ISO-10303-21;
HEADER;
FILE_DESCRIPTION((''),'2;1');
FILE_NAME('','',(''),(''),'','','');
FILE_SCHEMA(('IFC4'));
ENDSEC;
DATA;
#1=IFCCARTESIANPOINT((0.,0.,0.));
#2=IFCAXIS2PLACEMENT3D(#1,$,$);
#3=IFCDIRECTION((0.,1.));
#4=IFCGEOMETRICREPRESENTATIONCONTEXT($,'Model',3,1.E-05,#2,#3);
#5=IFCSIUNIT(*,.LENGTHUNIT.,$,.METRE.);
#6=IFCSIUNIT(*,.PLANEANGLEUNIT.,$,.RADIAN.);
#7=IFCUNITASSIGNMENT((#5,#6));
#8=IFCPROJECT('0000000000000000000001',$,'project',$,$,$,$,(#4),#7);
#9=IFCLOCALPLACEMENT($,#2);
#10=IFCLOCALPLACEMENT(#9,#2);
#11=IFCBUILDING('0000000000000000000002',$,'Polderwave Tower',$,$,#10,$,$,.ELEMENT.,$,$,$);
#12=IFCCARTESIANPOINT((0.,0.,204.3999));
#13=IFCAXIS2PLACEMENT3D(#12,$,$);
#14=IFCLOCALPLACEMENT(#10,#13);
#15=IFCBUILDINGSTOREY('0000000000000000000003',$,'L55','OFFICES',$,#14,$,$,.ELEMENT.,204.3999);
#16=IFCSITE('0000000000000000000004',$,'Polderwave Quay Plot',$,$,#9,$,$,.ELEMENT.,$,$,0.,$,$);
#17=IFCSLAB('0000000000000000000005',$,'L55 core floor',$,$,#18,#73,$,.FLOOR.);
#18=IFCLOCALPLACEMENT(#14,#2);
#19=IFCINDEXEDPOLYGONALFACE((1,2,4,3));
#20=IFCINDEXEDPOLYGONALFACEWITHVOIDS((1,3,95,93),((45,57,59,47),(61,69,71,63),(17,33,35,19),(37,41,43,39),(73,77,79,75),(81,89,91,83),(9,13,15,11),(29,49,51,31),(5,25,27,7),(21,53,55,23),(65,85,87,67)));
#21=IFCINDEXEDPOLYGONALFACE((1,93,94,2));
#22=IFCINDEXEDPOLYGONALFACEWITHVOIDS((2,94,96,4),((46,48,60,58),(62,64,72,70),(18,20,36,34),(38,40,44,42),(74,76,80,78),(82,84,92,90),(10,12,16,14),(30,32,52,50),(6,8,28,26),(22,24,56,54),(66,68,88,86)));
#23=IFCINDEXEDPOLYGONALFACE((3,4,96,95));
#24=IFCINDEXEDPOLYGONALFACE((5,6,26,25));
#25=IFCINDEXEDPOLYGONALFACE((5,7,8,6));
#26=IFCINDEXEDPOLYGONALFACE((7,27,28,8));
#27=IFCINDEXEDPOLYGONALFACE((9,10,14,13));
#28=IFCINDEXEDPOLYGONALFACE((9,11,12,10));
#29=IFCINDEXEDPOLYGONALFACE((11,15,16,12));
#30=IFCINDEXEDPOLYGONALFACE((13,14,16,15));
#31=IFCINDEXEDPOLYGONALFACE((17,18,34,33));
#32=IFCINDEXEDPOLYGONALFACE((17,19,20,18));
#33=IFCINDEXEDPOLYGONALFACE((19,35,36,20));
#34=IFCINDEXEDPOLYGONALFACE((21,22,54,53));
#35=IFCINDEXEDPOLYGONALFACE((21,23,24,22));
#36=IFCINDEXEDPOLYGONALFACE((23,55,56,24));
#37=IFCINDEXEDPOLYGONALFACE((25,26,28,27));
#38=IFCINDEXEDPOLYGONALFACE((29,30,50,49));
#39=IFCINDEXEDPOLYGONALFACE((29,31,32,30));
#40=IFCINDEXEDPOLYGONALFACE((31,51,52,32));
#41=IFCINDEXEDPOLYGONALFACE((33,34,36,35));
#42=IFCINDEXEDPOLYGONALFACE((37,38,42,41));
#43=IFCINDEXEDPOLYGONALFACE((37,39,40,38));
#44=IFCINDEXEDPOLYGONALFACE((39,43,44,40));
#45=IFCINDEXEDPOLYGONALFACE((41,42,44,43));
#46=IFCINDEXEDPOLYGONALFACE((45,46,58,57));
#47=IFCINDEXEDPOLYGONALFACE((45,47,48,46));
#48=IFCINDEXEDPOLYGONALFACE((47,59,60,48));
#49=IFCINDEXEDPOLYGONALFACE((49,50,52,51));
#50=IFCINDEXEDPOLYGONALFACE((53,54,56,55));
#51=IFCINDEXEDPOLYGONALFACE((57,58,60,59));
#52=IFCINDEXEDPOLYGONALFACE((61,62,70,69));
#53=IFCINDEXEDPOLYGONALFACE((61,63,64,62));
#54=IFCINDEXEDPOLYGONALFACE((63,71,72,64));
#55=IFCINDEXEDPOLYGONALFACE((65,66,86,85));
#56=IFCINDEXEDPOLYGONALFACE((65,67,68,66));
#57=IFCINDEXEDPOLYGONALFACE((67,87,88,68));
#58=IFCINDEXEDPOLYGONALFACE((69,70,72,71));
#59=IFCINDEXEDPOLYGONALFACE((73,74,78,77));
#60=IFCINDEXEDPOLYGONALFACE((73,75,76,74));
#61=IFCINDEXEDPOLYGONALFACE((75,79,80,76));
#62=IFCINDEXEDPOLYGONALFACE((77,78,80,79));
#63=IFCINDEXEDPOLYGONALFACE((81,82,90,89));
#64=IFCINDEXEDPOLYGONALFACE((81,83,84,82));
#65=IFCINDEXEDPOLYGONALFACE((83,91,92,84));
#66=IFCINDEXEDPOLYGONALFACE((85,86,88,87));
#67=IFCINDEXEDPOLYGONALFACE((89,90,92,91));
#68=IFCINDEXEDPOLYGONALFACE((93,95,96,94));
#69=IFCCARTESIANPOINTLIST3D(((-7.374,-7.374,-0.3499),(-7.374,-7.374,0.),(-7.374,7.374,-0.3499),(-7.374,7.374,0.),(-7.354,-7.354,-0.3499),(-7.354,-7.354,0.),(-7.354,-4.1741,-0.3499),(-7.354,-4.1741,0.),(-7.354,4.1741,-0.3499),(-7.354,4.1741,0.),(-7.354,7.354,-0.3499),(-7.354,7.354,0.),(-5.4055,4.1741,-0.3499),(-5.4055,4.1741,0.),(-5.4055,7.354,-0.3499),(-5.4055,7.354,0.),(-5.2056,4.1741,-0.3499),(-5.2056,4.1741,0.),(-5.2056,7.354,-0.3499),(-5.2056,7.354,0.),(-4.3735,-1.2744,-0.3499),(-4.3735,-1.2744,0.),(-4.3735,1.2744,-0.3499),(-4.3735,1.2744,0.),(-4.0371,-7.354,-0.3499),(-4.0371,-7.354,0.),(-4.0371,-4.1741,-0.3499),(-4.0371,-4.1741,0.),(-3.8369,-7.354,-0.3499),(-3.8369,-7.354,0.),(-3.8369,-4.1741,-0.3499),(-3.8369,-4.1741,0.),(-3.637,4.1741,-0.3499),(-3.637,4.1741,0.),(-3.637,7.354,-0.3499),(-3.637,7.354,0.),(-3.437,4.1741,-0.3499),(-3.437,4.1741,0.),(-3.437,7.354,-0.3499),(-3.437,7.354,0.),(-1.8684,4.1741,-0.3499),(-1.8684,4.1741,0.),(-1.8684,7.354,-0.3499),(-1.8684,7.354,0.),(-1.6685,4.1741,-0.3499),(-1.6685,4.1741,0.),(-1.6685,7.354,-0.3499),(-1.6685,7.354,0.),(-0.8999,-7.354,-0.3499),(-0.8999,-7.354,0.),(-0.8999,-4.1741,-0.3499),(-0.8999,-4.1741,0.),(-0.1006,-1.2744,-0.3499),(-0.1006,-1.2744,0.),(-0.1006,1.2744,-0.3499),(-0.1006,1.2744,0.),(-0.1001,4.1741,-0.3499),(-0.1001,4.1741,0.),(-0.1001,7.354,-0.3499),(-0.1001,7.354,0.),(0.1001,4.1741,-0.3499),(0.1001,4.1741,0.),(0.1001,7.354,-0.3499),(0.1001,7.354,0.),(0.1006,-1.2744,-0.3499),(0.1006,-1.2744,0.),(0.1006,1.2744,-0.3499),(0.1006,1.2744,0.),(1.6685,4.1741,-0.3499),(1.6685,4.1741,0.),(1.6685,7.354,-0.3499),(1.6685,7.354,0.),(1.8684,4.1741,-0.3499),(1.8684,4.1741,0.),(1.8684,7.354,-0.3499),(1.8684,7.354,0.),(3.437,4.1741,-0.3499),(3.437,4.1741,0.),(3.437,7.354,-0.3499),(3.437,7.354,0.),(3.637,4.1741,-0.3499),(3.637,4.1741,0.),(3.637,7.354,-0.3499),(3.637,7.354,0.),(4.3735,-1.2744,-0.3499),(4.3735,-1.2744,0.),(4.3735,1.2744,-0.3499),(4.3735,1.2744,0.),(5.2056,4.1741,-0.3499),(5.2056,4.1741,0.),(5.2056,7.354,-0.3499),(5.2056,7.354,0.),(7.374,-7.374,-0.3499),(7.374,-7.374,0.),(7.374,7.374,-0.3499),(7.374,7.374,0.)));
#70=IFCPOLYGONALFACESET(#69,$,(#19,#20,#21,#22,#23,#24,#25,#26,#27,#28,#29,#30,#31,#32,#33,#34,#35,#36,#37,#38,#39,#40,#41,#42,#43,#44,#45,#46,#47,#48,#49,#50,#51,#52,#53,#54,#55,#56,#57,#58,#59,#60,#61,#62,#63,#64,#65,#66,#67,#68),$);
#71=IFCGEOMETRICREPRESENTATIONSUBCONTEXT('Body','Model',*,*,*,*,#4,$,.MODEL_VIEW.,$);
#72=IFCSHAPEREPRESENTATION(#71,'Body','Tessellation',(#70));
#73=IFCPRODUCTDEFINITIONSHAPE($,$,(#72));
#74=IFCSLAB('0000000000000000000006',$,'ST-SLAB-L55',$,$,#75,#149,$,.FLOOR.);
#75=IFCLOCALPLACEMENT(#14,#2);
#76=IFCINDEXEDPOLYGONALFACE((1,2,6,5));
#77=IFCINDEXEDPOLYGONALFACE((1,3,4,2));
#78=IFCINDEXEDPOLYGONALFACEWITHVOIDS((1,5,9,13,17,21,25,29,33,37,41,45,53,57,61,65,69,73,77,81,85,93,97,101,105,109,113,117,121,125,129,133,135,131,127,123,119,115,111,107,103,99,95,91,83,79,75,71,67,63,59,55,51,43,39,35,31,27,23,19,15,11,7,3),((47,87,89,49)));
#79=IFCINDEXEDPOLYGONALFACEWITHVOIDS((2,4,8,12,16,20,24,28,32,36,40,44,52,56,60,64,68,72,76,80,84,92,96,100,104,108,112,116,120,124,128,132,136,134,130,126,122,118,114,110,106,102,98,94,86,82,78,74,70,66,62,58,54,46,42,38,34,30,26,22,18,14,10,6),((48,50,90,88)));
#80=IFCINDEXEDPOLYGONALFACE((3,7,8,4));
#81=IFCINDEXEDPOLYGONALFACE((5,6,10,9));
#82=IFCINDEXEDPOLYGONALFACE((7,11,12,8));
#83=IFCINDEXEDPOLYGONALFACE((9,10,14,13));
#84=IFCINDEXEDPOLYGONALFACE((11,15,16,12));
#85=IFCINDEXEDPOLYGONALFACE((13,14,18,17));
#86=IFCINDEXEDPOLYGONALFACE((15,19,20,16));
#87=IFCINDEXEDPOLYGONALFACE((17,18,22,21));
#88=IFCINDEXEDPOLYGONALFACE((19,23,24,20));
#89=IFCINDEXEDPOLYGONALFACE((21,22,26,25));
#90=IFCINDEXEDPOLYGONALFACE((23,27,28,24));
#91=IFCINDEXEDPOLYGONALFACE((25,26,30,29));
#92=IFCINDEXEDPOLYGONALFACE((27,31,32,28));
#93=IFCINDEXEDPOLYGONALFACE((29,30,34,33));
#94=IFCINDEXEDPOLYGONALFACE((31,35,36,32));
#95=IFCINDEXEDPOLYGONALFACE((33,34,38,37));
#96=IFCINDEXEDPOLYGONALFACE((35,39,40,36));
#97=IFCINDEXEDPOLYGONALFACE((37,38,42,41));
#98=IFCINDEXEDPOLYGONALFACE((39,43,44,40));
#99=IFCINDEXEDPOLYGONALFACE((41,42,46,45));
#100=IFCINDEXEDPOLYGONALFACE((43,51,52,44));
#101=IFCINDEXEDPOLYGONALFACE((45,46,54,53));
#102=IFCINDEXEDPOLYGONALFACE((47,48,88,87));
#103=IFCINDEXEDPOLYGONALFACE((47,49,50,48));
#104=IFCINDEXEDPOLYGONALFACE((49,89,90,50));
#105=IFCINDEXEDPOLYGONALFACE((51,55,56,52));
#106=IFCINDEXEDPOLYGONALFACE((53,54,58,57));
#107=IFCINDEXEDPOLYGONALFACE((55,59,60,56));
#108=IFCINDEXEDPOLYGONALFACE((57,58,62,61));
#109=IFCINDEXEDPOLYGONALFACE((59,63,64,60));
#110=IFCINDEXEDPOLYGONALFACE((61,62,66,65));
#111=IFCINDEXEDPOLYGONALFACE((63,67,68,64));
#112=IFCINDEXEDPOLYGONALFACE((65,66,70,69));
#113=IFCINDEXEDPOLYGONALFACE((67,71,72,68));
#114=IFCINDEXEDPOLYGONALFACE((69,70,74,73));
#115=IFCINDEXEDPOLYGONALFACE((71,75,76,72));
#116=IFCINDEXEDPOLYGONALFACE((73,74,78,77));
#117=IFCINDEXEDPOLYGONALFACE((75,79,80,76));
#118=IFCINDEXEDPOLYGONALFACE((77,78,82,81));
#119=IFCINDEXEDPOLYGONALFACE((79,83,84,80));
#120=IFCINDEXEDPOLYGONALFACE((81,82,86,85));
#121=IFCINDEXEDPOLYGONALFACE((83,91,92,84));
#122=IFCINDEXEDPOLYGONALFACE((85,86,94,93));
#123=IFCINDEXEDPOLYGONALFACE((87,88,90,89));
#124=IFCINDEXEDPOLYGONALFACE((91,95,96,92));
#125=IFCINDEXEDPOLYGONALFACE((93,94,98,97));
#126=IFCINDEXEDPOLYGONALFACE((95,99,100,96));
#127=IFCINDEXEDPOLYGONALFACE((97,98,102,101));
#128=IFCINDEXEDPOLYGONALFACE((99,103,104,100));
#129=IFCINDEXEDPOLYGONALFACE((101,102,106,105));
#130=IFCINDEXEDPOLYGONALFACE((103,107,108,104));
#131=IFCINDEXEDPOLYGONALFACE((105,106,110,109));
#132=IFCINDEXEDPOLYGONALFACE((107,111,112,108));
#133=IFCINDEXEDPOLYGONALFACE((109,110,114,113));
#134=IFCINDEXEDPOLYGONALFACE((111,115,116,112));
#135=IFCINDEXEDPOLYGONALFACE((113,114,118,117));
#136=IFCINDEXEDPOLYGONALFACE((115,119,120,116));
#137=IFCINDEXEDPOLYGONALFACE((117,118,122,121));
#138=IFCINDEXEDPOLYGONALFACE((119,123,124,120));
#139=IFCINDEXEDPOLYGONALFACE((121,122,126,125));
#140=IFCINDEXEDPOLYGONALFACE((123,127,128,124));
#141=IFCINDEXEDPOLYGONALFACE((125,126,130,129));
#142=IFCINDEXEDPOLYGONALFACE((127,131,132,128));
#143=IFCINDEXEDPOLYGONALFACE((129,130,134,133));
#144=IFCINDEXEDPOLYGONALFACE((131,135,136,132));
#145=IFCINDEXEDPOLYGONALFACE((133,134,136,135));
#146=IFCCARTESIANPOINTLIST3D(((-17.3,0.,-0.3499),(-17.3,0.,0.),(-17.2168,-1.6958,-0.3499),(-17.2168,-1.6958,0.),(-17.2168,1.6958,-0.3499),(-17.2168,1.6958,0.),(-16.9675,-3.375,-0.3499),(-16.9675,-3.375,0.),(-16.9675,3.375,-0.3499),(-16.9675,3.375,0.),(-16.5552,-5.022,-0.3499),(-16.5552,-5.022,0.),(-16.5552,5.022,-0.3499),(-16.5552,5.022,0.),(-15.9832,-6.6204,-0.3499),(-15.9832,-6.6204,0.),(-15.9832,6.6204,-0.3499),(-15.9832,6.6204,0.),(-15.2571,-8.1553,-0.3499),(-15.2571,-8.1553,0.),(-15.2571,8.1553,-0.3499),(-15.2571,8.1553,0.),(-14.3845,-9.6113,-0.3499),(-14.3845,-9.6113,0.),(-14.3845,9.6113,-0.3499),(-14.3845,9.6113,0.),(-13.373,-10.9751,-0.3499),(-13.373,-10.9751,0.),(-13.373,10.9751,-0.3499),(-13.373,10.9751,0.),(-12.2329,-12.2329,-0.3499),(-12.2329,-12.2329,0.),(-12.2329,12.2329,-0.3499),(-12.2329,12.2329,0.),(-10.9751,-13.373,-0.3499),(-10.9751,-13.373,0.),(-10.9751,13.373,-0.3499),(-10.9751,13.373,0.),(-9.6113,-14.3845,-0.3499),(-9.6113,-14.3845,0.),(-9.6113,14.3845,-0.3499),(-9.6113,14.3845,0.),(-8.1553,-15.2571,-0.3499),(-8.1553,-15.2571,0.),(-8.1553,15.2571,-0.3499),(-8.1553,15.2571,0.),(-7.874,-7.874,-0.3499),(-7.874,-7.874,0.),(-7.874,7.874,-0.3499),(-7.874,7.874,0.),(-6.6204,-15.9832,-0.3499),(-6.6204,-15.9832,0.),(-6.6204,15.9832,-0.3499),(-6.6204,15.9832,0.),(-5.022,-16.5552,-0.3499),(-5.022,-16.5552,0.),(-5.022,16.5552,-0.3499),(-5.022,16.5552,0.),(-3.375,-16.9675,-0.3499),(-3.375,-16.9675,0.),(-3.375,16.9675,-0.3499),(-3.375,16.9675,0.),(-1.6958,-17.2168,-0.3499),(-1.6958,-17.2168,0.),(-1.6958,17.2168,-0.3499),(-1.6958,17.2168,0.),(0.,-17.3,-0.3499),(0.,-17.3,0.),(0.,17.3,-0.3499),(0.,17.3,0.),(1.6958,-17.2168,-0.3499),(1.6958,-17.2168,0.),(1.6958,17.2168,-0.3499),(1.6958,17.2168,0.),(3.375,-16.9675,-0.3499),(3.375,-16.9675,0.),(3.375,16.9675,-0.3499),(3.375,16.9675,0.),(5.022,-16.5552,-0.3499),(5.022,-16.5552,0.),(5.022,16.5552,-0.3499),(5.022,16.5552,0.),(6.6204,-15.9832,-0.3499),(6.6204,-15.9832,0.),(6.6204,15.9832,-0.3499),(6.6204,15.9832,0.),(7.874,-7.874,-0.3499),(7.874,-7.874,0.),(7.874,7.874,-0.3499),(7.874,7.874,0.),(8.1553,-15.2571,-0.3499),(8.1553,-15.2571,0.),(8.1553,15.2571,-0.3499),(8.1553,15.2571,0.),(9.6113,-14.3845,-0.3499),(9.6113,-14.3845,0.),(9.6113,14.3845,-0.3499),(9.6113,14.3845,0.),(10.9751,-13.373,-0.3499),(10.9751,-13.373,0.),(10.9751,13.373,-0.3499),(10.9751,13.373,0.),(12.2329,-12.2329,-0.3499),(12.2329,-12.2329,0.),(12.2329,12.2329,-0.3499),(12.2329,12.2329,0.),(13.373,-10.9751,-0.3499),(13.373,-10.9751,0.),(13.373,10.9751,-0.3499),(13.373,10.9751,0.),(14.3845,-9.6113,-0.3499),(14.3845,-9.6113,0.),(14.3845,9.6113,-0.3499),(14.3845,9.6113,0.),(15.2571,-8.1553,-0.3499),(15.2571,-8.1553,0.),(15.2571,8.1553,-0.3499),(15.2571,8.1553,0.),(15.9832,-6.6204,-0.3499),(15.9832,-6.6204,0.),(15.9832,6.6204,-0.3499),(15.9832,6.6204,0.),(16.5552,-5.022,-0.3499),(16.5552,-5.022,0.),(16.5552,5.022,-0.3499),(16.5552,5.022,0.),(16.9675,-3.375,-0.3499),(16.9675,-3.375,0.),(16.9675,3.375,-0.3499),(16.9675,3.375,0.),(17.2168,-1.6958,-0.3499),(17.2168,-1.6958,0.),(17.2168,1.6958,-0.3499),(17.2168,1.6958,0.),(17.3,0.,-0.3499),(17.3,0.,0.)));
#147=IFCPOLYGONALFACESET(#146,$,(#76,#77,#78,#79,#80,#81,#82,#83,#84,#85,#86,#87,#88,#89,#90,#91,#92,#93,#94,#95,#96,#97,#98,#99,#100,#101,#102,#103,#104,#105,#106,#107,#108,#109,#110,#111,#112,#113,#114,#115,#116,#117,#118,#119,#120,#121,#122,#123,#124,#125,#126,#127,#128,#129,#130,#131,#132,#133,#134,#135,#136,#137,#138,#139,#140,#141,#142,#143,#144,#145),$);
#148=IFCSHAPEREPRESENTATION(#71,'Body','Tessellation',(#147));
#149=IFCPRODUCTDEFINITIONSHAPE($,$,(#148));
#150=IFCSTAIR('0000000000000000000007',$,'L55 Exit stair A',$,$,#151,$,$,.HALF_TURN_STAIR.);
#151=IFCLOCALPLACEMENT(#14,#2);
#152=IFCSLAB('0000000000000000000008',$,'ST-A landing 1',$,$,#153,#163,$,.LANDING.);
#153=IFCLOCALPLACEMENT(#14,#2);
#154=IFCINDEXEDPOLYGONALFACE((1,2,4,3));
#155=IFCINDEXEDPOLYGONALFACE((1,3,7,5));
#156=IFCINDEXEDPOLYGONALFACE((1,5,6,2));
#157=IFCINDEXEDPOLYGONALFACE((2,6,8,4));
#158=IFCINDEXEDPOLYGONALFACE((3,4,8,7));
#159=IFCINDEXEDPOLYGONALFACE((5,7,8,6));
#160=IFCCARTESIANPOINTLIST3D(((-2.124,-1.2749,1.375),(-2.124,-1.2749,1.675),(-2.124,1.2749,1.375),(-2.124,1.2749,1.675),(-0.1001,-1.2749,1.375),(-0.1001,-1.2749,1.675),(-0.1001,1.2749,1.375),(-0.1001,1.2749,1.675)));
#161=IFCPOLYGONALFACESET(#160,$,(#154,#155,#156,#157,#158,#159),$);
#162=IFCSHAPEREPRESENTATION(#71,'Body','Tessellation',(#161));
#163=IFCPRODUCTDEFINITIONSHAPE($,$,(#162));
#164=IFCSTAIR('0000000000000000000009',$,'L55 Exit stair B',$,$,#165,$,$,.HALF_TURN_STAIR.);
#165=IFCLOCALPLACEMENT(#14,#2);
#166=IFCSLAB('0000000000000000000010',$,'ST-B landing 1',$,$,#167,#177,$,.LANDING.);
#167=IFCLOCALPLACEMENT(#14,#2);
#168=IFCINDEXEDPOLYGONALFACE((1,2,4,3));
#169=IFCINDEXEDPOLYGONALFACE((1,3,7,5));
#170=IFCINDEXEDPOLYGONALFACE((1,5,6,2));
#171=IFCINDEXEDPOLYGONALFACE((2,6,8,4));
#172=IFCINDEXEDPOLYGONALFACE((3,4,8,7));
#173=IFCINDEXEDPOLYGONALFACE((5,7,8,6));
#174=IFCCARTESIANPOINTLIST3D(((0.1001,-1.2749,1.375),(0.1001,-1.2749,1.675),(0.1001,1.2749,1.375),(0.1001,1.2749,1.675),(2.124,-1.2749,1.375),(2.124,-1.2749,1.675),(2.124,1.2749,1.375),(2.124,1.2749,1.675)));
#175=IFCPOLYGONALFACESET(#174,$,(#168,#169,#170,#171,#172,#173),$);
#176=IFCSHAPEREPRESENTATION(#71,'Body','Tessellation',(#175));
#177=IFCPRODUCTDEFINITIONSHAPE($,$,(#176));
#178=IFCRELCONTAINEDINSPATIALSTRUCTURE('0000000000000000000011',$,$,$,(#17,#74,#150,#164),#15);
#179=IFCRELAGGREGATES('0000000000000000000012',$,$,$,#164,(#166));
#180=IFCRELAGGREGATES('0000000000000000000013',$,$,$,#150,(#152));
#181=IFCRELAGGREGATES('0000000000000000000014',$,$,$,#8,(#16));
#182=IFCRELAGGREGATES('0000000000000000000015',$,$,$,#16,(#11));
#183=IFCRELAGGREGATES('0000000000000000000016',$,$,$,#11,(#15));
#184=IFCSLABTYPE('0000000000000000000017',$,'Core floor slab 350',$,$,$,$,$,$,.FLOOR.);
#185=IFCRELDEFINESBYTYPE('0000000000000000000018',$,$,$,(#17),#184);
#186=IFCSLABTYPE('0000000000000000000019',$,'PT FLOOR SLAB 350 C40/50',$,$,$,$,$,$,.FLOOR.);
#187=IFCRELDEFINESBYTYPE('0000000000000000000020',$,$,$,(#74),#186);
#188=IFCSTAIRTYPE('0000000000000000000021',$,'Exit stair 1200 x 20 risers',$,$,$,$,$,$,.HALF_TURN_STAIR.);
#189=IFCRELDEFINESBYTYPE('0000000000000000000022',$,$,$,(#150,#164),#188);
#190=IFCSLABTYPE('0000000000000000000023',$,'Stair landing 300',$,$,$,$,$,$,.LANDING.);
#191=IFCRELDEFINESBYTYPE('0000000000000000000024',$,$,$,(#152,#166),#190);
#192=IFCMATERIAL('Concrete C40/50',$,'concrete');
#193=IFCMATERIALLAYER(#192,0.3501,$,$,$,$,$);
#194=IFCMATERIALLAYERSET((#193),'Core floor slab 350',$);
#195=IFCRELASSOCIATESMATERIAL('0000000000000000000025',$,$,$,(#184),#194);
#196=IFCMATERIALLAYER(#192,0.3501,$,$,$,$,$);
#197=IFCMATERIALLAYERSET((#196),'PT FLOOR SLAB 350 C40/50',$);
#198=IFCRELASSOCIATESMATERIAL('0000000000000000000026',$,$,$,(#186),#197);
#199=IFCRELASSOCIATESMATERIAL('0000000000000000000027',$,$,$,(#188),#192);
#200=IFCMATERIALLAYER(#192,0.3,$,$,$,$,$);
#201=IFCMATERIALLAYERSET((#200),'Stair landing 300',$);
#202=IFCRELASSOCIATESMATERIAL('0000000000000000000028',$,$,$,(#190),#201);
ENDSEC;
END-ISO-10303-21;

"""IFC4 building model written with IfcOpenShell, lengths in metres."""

from ifc_helpers import new_model, si_unit, direction, frame, origin, place, context, subcontext, project, spatial, polyline, outline, extrude, material, layer, layer_set, type_object, element, aggregate, save


model = new_model("IFC4")

# Units and contexts
model_context = context("Model", 3, precision=1e-05, world=origin(), true_north=direction((0.0, 1.0)))
body_context = subcontext(model_context, "Body", "Model", "MODEL_VIEW")
ifc_project = project(units=[si_unit("LENGTHUNIT", "METRE"), si_unit("PLANEANGLEUNIT", "RADIAN")], contexts=[model_context])

# Site, building, storey
site_placement = place(None, origin())
site = spatial("IfcSite", under=ifc_project, at=site_placement, Name="Polderwave Quay Plot", CompositionType="ELEMENT", RefElevation=0.0)
building_placement = place(site_placement, origin())
building = spatial("IfcBuilding", under=site, at=building_placement, Name="Polderwave Tower", CompositionType="ELEMENT")
storey_placement = place(building_placement, frame((0.0, 0.0, 204.3999)))
storey = spatial("IfcBuildingStorey", under=building, at=storey_placement, Name="L55", Description="OFFICES", CompositionType="ELEMENT", Elevation=204.3999)

# Slabs
ifc_material_1 = material(Name="Concrete C40/50", Category="concrete")
ifc_layer_1 = layer(ifc_material_1, 0.3501)
ifc_layer_set_1 = layer_set([ifc_layer_1], Name="Core floor slab 350")
slab_type_1 = type_object("IfcSlabType", Name="Core floor slab 350", PredefinedType="FLOOR", material=ifc_layer_set_1)
slab_1_placement = place(storey_placement, frame((0.0, 0.0, -0.3499)))
element("IfcSlab", 1, at=slab_1_placement, inside=storey, type_object=slab_type_1, Name="L55 core floor", PredefinedType="FLOOR", context=body_context, shape_type="SweptSolid", body=[
    extrude(outline(polyline([(-7.374, -7.374), (7.374, -7.374), (7.374, 7.374), (-7.374, 7.374), (-7.374, -7.374)]), holes=[polyline([(-7.354, -7.354), (-4.0371, -7.354), (-4.0371, -4.1741), (-7.354, -4.1741), (-7.354, -7.354)]), polyline([(-3.8369, -7.354), (-0.8999, -7.354), (-0.8999, -4.1741), (-3.8369, -4.1741), (-3.8369, -7.354)]), polyline([(-7.354, 4.1741), (-5.4055, 4.1741), (-5.4055, 7.354), (-7.354, 7.354), (-7.354, 4.1741)]), polyline([(-5.2056, 4.1741), (-3.637, 4.1741), (-3.637, 7.354), (-5.2056, 7.354), (-5.2056, 4.1741)]), polyline([(-3.437, 4.1741), (-1.8684, 4.1741), (-1.8684, 7.354), (-3.437, 7.354), (-3.437, 4.1741)]), polyline([(-1.6685, 4.1741), (-0.1001, 4.1741), (-0.1001, 7.354), (-1.6685, 7.354), (-1.6685, 4.1741)]), polyline([(0.1001, 4.1741), (1.6685, 4.1741), (1.6685, 7.354), (0.1001, 7.354), (0.1001, 4.1741)]), polyline([(1.8684, 4.1741), (3.437, 4.1741), (3.437, 7.354), (1.8684, 7.354), (1.8684, 4.1741)]), polyline([(3.637, 4.1741), (5.2056, 4.1741), (5.2056, 7.354), (3.637, 7.354), (3.637, 4.1741)]), polyline([(-4.3735, -1.2744), (-0.1006, -1.2744), (-0.1006, 1.2744), (-4.3735, 1.2744), (-4.3735, -1.2744)]), polyline([(0.1006, -1.2744), (4.3735, -1.2744), (4.3735, 1.2744), (0.1006, 1.2744), (0.1006, -1.2744)])]), origin(), (0.0, 0.0, 1.0), 0.3499),
])
ifc_layer_2 = layer(ifc_material_1, 0.3501)
ifc_layer_set_2 = layer_set([ifc_layer_2], Name="PT FLOOR SLAB 350 C40/50")
slab_type_2 = type_object("IfcSlabType", Name="PT FLOOR SLAB 350 C40/50", PredefinedType="FLOOR", material=ifc_layer_set_2)
slab_2_placement = place(storey_placement, frame((0.0, 0.0, -0.3499)))
element("IfcSlab", 2, at=slab_2_placement, inside=storey, type_object=slab_type_2, Name="ST-SLAB-L55", PredefinedType="FLOOR", context=body_context, shape_type="SweptSolid", body=[
    extrude(outline(polyline([(17.3, 0.0), (17.2168, 1.6958), (16.9675, 3.375), (16.5552, 5.022), (15.9832, 6.6204), (15.2571, 8.1553), (14.3845, 9.6113), (13.373, 10.9751), (12.2329, 12.2329), (10.9751, 13.373), (9.6113, 14.3845), (8.1553, 15.2571), (6.6204, 15.9832), (5.022, 16.5552), (3.375, 16.9675), (1.6958, 17.2168), (0.0, 17.3), (-1.6958, 17.2168), (-3.375, 16.9675), (-5.022, 16.5552), (-6.6204, 15.9832), (-8.1553, 15.2571), (-9.6113, 14.3845), (-10.9751, 13.373), (-12.2329, 12.2329), (-13.373, 10.9751), (-14.3845, 9.6113), (-15.2571, 8.1553), (-15.9832, 6.6204), (-16.5552, 5.022), (-16.9675, 3.375), (-17.2168, 1.6958), (-17.3, 0.0), (-17.2168, -1.6958), (-16.9675, -3.375), (-16.5552, -5.022), (-15.9832, -6.6204), (-15.2571, -8.1553), (-14.3845, -9.6113), (-13.373, -10.9751), (-12.2329, -12.2329), (-10.9751, -13.373), (-9.6113, -14.3845), (-8.1553, -15.2571), (-6.6204, -15.9832), (-5.022, -16.5552), (-3.375, -16.9675), (-1.6958, -17.2168), (0.0, -17.3), (1.6958, -17.2168), (3.375, -16.9675), (5.022, -16.5552), (6.6204, -15.9832), (8.1553, -15.2571), (9.6113, -14.3845), (10.9751, -13.373), (12.2329, -12.2329), (13.373, -10.9751), (14.3845, -9.6113), (15.2571, -8.1553), (15.9832, -6.6204), (16.5552, -5.022), (16.9675, -3.375), (17.2168, -1.6958), (17.3, 0.0)]), holes=[polyline([(-7.874, -7.874), (7.874, -7.874), (7.874, 7.874), (-7.874, 7.874), (-7.874, -7.874)])]), origin(), (0.0, 0.0, 1.0), 0.3499),
])

# Stairs, slabs
stair_type = type_object("IfcStairType", Name="Exit stair 1200 x 20 risers", PredefinedType="HALF_TURN_STAIR", material=ifc_material_1)
stair_1_placement = place(storey_placement, origin())
stair_1 = element("IfcStair", 3, at=stair_1_placement, inside=storey, type_object=stair_type, Name="L55 Exit stair A", PredefinedType="HALF_TURN_STAIR")
ifc_layer_3 = layer(ifc_material_1, 0.3)
ifc_layer_set_3 = layer_set([ifc_layer_3], Name="Stair landing 300")
slab_type_3 = type_object("IfcSlabType", Name="Stair landing 300", PredefinedType="LANDING", material=ifc_layer_set_3)
slab_3_placement = place(storey_placement, frame((0.0, 0.0, 1.375)))
slab_3 = element("IfcSlab", 4, at=slab_3_placement, type_object=slab_type_3, Name="ST-A landing 1", PredefinedType="LANDING", context=body_context, shape_type="SweptSolid", body=[
    extrude(outline(polyline([(-2.124, -1.2749), (-0.1001, -1.2749), (-0.1001, 1.2749), (-2.124, 1.2749), (-2.124, -1.2749)])), origin(), (0.0, 0.0, 1.0), 0.3),
])
stair_2_placement = place(storey_placement, origin())
stair_2 = element("IfcStair", 5, at=stair_2_placement, inside=storey, type_object=stair_type, Name="L55 Exit stair B", PredefinedType="HALF_TURN_STAIR")
slab_4_placement = place(storey_placement, frame((0.0, 0.0, 1.375)))
slab_4 = element("IfcSlab", 6, at=slab_4_placement, type_object=slab_type_3, Name="ST-B landing 1", PredefinedType="LANDING", context=body_context, shape_type="SweptSolid", body=[
    extrude(outline(polyline([(2.124, 1.2749), (0.1001, 1.2749), (0.1001, -1.2749), (2.124, -1.2749), (2.124, 1.2749)])), origin(), (0.0, 0.0, 1.0), 0.3),
])
aggregate(stair_2, [slab_4])

aggregate(stair_1, [slab_3])

save(model, "model.ifc")
